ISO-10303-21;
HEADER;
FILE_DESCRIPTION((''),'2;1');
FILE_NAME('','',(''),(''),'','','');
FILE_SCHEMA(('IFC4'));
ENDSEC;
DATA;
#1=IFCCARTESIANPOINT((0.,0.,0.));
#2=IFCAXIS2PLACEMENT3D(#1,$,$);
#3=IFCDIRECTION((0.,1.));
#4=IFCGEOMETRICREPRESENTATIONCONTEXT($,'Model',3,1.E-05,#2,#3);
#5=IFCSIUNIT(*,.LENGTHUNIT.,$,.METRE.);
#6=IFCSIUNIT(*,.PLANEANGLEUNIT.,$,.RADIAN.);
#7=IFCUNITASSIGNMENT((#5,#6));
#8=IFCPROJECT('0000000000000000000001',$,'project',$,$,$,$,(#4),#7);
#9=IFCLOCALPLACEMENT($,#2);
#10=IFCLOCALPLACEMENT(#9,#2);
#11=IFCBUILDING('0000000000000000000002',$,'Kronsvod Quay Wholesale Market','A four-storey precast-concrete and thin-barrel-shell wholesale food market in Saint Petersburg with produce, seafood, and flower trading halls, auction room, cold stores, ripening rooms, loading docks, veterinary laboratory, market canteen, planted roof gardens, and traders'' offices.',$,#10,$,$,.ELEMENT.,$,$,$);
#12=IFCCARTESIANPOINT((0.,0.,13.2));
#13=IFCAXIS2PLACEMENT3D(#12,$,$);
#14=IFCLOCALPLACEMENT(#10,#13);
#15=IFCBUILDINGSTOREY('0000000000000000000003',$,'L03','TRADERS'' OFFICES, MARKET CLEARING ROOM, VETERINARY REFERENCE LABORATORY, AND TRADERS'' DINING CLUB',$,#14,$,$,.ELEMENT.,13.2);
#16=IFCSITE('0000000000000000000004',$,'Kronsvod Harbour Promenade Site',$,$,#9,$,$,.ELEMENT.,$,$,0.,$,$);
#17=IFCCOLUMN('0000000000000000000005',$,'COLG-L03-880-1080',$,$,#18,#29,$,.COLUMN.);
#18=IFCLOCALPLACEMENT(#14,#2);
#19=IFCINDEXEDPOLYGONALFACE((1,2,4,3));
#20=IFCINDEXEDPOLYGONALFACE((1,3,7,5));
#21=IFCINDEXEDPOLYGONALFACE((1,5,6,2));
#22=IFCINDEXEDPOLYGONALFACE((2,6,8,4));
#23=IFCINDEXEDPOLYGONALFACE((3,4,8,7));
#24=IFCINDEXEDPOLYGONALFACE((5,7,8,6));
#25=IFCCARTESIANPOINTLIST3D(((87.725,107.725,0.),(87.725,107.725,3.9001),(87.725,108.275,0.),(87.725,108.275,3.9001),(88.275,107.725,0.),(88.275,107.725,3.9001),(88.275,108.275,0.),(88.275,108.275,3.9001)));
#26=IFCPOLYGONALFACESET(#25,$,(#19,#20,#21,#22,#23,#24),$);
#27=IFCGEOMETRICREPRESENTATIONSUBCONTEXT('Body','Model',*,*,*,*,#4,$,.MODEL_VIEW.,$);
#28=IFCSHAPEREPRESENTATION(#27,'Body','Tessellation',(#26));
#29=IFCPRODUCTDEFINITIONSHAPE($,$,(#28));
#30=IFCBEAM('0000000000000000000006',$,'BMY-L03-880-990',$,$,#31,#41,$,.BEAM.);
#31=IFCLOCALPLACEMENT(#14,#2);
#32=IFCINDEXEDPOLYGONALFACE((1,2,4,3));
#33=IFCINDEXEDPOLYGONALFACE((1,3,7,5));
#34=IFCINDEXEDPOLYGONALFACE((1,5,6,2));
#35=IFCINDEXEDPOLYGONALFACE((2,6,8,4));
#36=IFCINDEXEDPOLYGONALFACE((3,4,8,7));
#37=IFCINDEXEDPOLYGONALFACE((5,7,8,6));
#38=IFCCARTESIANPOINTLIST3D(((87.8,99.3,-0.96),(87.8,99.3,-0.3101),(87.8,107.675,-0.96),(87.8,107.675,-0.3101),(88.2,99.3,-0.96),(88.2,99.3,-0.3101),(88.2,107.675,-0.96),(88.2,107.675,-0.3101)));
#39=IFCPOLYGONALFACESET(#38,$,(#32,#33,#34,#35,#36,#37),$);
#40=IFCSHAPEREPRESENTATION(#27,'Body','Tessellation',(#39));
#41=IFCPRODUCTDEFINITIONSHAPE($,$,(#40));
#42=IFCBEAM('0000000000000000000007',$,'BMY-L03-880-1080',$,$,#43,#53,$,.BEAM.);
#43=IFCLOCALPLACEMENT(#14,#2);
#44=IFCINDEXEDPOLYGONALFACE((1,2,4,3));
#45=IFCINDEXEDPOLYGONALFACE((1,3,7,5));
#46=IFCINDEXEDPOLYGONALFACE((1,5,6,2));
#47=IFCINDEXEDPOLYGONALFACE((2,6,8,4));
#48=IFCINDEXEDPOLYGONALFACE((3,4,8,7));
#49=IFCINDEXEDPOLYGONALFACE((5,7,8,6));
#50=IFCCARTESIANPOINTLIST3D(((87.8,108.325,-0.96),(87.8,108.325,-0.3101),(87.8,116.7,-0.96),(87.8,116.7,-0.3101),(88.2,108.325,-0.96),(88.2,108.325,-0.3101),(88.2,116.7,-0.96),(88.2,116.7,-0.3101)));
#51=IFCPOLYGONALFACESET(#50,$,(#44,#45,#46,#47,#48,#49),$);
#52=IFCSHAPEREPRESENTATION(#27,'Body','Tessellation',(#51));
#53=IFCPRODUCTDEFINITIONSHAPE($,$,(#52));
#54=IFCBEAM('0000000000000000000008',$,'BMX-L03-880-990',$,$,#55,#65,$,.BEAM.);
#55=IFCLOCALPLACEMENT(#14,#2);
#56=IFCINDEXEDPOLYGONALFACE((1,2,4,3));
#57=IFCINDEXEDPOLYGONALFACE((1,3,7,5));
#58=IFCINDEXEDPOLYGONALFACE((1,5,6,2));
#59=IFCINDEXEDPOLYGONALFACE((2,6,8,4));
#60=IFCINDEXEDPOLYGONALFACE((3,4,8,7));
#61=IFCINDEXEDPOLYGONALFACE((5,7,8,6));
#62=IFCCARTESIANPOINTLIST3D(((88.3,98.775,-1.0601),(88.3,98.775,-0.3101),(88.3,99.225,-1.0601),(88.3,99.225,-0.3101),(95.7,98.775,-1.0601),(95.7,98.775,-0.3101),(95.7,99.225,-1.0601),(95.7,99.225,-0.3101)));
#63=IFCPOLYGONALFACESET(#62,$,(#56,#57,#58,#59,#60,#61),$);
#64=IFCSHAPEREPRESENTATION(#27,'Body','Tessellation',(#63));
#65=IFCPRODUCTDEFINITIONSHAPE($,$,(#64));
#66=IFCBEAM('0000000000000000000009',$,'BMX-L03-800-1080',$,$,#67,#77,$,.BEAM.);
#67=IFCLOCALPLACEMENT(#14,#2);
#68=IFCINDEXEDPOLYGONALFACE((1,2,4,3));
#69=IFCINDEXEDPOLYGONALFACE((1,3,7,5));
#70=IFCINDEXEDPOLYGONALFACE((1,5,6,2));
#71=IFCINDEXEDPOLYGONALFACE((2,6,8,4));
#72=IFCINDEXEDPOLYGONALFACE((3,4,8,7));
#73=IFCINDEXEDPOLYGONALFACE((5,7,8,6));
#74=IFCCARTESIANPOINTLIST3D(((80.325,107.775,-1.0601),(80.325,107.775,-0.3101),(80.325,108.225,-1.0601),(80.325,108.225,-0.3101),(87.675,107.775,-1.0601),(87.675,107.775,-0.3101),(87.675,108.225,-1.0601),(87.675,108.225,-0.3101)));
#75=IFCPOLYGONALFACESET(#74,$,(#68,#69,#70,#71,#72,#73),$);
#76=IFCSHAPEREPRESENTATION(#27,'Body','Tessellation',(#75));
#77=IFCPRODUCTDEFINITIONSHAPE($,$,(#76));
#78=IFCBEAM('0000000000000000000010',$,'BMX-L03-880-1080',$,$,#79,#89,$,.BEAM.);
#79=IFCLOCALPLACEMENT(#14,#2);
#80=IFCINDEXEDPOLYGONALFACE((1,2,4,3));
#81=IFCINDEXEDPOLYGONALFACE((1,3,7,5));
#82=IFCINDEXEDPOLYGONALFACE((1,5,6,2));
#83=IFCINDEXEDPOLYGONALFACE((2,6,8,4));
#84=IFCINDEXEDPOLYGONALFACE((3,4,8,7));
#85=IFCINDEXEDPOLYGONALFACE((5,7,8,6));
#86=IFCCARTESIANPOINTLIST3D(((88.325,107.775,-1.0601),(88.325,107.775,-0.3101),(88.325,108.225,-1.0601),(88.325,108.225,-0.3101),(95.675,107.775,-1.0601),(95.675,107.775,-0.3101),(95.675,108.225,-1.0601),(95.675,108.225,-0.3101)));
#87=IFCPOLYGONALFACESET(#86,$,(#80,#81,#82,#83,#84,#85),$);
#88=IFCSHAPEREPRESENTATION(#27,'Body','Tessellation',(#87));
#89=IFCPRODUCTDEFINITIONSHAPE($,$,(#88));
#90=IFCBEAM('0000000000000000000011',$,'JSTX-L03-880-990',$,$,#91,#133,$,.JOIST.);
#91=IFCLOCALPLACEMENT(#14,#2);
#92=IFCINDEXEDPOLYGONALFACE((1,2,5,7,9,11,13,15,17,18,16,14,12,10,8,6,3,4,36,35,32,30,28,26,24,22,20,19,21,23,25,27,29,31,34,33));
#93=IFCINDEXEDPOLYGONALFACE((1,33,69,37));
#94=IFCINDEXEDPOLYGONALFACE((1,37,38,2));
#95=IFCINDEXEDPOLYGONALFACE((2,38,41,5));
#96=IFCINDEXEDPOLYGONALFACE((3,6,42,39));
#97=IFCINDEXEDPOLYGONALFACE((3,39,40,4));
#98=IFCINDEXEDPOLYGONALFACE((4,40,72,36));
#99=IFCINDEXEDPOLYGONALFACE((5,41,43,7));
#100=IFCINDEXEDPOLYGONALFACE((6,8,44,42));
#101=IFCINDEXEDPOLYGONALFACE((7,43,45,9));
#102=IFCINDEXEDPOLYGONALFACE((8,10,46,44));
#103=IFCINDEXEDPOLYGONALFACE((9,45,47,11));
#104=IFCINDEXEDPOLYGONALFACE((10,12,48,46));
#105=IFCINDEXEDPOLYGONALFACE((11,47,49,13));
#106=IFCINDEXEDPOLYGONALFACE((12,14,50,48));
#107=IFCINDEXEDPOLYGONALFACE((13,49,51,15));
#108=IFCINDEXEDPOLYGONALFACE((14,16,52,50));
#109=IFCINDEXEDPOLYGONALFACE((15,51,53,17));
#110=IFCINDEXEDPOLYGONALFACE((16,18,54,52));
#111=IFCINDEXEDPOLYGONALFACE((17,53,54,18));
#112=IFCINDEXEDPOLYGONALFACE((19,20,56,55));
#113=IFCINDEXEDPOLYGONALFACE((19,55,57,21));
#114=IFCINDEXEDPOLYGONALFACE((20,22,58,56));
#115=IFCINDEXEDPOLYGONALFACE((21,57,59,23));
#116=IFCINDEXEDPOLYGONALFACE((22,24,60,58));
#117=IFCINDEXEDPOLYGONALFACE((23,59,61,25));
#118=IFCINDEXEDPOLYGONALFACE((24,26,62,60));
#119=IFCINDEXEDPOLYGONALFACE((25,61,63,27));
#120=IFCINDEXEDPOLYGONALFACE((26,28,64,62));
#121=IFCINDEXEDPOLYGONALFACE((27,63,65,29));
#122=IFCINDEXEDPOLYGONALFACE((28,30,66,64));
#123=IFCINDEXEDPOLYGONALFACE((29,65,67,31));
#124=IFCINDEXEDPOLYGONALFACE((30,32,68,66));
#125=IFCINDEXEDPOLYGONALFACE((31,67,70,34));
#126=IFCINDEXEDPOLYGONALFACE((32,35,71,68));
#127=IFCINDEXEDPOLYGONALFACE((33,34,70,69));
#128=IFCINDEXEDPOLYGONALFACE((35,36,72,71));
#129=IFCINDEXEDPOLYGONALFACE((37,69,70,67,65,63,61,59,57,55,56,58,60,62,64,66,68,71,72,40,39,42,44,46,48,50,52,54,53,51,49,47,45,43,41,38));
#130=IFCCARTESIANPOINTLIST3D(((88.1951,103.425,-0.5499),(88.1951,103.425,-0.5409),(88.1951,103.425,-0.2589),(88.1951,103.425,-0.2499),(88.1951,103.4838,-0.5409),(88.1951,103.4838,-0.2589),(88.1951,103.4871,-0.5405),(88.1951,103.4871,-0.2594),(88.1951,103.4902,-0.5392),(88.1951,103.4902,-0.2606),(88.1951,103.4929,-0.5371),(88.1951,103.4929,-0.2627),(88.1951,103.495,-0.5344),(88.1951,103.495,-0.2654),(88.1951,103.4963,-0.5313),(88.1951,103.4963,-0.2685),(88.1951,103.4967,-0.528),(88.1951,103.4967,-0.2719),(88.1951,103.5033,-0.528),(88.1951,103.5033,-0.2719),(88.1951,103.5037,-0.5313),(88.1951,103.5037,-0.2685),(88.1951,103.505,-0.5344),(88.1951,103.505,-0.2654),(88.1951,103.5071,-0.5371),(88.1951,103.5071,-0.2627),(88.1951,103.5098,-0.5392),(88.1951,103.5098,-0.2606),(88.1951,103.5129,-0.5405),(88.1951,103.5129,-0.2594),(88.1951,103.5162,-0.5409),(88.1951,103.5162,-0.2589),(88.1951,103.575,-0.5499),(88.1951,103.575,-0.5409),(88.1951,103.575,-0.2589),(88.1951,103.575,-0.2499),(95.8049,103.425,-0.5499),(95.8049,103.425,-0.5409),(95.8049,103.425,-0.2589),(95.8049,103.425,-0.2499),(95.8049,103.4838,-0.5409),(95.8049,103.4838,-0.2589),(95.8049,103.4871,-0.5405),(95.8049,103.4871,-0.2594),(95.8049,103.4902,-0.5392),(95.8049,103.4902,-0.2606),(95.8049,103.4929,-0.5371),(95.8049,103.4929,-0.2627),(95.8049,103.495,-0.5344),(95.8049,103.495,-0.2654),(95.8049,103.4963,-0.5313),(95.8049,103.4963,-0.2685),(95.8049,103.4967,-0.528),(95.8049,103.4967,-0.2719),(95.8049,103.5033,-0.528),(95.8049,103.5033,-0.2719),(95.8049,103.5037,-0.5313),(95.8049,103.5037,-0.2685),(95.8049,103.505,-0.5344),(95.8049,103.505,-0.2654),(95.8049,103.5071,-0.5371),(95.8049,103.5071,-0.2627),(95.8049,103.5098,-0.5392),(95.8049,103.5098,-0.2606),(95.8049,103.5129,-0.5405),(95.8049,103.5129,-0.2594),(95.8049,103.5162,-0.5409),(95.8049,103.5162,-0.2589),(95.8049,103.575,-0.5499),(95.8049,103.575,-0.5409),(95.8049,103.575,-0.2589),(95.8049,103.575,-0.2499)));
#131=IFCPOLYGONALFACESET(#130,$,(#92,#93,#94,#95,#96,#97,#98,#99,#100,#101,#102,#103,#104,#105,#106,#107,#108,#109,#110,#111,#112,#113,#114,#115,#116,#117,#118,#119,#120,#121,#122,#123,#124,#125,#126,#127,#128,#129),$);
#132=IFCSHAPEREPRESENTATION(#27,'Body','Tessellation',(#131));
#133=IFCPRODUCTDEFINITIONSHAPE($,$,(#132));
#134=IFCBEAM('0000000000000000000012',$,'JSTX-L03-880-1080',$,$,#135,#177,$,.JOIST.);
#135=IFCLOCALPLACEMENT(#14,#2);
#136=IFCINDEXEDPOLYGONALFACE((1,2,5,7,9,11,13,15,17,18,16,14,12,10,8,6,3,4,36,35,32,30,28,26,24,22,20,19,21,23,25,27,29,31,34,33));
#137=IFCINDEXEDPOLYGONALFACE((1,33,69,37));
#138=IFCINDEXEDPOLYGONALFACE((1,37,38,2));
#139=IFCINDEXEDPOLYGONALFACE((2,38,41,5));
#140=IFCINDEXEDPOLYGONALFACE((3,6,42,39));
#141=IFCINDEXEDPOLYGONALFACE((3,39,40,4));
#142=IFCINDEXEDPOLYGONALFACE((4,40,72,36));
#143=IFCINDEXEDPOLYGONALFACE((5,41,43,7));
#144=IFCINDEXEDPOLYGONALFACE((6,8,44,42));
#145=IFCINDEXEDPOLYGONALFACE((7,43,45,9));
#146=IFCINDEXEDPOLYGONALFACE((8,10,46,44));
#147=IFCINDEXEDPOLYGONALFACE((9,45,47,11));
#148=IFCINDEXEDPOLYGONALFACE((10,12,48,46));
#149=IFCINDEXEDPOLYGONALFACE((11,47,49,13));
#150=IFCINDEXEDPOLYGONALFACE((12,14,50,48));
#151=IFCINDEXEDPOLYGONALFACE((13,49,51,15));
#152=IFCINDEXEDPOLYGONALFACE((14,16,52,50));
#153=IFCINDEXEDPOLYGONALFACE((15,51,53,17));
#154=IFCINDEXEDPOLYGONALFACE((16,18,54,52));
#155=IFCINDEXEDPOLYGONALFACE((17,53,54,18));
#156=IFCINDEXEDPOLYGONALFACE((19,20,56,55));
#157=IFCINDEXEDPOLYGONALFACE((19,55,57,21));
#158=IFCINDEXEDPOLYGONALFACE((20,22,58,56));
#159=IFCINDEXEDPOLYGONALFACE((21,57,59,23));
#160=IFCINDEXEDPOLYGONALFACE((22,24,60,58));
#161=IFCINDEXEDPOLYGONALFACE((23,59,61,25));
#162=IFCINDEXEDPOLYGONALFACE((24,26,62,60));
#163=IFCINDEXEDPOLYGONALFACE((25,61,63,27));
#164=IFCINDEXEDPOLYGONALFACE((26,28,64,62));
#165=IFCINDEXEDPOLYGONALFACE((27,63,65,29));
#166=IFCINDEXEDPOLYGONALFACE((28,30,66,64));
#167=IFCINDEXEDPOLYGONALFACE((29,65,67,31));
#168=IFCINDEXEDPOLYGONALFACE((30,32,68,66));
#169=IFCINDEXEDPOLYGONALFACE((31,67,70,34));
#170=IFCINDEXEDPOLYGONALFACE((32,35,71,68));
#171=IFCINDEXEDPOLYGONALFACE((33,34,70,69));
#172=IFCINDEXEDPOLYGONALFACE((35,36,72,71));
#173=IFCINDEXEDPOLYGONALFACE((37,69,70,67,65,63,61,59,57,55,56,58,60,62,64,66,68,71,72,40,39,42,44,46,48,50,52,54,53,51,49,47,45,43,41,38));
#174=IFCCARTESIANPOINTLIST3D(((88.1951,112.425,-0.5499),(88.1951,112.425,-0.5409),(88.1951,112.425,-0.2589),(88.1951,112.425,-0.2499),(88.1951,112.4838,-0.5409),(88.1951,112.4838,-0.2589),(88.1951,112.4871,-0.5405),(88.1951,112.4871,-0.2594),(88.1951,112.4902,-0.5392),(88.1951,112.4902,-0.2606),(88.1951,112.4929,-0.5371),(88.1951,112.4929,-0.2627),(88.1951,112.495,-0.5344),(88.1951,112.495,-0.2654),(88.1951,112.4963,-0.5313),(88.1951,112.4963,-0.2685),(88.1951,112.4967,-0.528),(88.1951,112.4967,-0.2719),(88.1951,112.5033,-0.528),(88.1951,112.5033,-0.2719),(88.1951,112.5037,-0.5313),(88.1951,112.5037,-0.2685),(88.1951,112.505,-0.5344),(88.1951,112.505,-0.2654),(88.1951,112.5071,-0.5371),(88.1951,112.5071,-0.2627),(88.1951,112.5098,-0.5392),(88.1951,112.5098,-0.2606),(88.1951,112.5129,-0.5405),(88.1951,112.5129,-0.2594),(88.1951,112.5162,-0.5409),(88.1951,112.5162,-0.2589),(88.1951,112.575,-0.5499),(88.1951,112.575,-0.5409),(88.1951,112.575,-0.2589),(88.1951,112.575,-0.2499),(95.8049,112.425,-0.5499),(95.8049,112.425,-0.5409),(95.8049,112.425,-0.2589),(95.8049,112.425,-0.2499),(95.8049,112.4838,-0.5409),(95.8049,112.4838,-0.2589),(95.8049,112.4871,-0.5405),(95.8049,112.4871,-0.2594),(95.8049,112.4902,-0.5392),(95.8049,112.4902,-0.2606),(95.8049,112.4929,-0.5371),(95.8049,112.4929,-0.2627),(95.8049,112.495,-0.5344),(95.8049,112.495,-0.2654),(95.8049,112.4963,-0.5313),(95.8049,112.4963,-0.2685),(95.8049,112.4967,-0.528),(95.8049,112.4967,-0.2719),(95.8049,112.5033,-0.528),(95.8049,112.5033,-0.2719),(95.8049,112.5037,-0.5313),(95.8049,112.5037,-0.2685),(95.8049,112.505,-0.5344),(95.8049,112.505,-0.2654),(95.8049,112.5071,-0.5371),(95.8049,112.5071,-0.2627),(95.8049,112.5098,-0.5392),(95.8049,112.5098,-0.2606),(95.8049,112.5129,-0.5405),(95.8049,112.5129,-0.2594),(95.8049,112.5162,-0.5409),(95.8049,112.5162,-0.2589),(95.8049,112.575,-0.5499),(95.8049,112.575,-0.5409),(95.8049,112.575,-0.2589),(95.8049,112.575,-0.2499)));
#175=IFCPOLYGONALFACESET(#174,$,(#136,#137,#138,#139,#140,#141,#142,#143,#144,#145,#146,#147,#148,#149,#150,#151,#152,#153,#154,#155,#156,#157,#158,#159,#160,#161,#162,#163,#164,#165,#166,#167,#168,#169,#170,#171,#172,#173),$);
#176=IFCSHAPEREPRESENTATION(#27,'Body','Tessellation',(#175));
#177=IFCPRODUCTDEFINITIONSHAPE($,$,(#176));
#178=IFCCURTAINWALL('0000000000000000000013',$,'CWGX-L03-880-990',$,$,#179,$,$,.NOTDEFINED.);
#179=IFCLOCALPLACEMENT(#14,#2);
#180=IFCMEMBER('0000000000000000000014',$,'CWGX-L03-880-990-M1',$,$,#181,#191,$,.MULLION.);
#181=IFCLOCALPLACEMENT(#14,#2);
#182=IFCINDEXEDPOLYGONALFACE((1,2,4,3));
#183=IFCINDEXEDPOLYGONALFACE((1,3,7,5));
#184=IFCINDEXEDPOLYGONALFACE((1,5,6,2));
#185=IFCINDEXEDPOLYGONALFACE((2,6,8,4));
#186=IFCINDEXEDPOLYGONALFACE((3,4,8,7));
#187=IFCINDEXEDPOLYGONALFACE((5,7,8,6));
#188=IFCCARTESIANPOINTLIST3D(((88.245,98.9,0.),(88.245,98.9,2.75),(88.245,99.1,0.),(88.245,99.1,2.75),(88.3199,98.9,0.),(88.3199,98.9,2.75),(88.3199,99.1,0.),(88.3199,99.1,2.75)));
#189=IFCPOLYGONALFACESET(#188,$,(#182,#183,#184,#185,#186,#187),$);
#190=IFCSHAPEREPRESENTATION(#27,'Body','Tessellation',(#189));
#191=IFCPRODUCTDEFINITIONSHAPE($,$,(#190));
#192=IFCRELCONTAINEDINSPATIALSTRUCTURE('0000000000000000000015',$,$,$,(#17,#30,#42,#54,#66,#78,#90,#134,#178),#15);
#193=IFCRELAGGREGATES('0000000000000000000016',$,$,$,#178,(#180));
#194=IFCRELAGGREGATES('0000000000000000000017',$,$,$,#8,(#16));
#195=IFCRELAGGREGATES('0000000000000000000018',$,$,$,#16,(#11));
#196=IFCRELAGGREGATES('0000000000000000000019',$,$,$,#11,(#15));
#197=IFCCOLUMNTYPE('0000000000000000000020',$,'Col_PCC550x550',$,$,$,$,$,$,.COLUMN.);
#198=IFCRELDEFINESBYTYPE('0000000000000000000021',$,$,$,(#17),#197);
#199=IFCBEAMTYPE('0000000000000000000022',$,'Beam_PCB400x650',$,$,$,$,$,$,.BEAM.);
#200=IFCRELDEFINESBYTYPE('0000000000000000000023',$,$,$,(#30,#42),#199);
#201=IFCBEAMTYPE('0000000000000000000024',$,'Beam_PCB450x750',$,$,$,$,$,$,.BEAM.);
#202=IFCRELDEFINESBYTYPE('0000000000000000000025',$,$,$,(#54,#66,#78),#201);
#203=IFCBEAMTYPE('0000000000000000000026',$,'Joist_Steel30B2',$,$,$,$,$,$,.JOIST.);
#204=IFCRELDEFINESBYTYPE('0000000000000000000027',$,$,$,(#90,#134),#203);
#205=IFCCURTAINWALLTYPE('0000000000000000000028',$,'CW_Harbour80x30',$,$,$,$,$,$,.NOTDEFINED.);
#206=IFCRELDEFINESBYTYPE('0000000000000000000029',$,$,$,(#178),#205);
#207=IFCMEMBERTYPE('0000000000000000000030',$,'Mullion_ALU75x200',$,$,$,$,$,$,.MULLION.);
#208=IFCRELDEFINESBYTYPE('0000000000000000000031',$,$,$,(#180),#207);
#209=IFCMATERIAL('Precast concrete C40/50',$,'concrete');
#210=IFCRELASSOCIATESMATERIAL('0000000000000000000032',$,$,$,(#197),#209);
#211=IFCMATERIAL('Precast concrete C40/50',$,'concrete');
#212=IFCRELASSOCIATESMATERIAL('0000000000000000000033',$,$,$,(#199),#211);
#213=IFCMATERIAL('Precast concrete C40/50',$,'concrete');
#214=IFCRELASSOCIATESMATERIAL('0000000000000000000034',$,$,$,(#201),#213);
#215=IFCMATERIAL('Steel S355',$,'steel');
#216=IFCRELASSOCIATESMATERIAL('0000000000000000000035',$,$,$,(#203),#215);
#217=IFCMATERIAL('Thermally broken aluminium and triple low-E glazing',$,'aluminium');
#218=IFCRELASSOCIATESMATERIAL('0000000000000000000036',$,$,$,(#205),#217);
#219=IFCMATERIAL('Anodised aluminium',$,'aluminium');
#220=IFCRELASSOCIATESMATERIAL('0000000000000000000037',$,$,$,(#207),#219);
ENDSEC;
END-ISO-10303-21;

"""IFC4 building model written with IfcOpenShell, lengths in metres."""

from ifc_helpers import new_model, si_unit, direction, frame, origin, origin_2d, place, context, subcontext, project, spatial, rectangle, i_section, extrude, material, material_profile, profile_set, type_object, element, aggregate, save


model = new_model("IFC4")

# Units and contexts
model_context = context("Model", 3, precision=1e-05, world=origin(), true_north=direction((0.0, 1.0)))
body_context = subcontext(model_context, "Body", "Model", "MODEL_VIEW")
ifc_project = project(units=[si_unit("LENGTHUNIT", "METRE"), si_unit("PLANEANGLEUNIT", "RADIAN")], contexts=[model_context])

# Site, building, storey
site_placement = place(None, origin())
site = spatial("IfcSite", under=ifc_project, at=site_placement, Name="Kronsvod Harbour Promenade Site", CompositionType="ELEMENT", RefElevation=0.0)
building_placement = place(site_placement, origin())
building = spatial("IfcBuilding", under=site, at=building_placement, Name="Kronsvod Quay Wholesale Market", Description="A four-storey precast-concrete and thin-barrel-shell wholesale food market in Saint Petersburg with produce, seafood, and flower trading halls, auction room, cold stores, ripening rooms, loading docks, veterinary laboratory, market canteen, planted roof gardens, and traders' offices.", CompositionType="ELEMENT")
storey_placement = place(building_placement, frame((0.0, 0.0, 13.2)))
storey = spatial("IfcBuildingStorey", under=building, at=storey_placement, Name="L03", Description="TRADERS' OFFICES, MARKET CLEARING ROOM, VETERINARY REFERENCE LABORATORY, AND TRADERS' DINING CLUB", CompositionType="ELEMENT", Elevation=13.2)

# Column
ifc_material_1 = material(Name="Precast concrete C40/50", Category="concrete")
ifc_material_profile_1 = material_profile(ifc_material_1, rectangle(XDim=0.55, YDim=0.55, at=origin_2d()), Name="COL-09")
ifc_profile_set_1 = profile_set([ifc_material_profile_1], Name="Precast concrete C40/50")
column_type = type_object("IfcColumnType", Name="Col_PCC550x550", PredefinedType="COLUMN", material=ifc_profile_set_1)
column_placement = place(storey_placement, frame((88.0, 108.0, 0.0), z_axis=(0.0, 0.0, 1.0), x_axis=(1.0, 0.0, 0.0)))
element("IfcColumn", 1, at=column_placement, inside=storey, type_object=column_type, Name="COLG-L03-880-1080", PredefinedType="COLUMN", context=body_context, shape_type="SweptSolid", body=[
    extrude(rectangle(XDim=0.55, YDim=0.55, at=origin_2d()), origin(), (0.0, 0.0, 1.0), 3.9001),
])

# Beams
ifc_material_2 = material(Name="Precast concrete C40/50", Category="concrete")
ifc_material_profile_2 = material_profile(ifc_material_2, rectangle(XDim=0.3999, YDim=0.6499, at=origin_2d()), Name="PCB400x650")
ifc_profile_set_2 = profile_set([ifc_material_profile_2], Name="Precast concrete C40/50")
beam_type_1 = type_object("IfcBeamType", Name="Beam_PCB400x650", PredefinedType="BEAM", material=ifc_profile_set_2)
for number, where, z_axis, x_axis, name in (
    (2, (88.0, 99.3, -0.635), (0.0, 1.0, 0.0), (-1.0, 0.0, 0.0), "BMY-L03-880-990"),
    (3, (88.0, 108.325, -0.635), (0.0, 1.0, 0.0), (-1.0, 0.0, 0.0), "BMY-L03-880-1080"),
):
    element("IfcBeam", number, at=place(storey_placement, frame(where, z_axis=z_axis, x_axis=x_axis)), inside=storey, type_object=beam_type_1, Name=name, PredefinedType="BEAM", context=body_context, shape_type="SweptSolid", body=[
        extrude(rectangle(XDim=0.3999, YDim=0.6499, at=origin_2d()), origin(), (0.0, 0.0, 1.0), 8.375),
    ])
ifc_material_3 = material(Name="Precast concrete C40/50", Category="concrete")
ifc_material_profile_3 = material_profile(ifc_material_3, rectangle(XDim=0.45, YDim=0.75, at=origin_2d()), Name="PCB450x750")
ifc_profile_set_3 = profile_set([ifc_material_profile_3], Name="Precast concrete C40/50")
beam_type_2 = type_object("IfcBeamType", Name="Beam_PCB450x750", PredefinedType="BEAM", material=ifc_profile_set_3)
beam_placement = place(storey_placement, frame((88.3, 99.0, -0.6851), z_axis=(1.0, 0.0, 0.0), x_axis=(0.0, 1.0, 0.0)))
element("IfcBeam", 4, at=beam_placement, inside=storey, type_object=beam_type_2, Name="BMX-L03-880-990", PredefinedType="BEAM", context=body_context, shape_type="SweptSolid", body=[
    extrude(rectangle(XDim=0.45, YDim=0.75, at=origin_2d()), origin(), (0.0, 0.0, 1.0), 7.3999),
])
for number, where, z_axis, x_axis, name in (
    (5, (80.325, 108.0, -0.6851), (1.0, 0.0, 0.0), (0.0, 1.0, 0.0), "BMX-L03-800-1080"),
    (6, (88.325, 108.0, -0.6851), (1.0, 0.0, 0.0), (0.0, 1.0, 0.0), "BMX-L03-880-1080"),
):
    element("IfcBeam", number, at=place(storey_placement, frame(where, z_axis=z_axis, x_axis=x_axis)), inside=storey, type_object=beam_type_2, Name=name, PredefinedType="BEAM", context=body_context, shape_type="SweptSolid", body=[
        extrude(rectangle(XDim=0.45, YDim=0.75, at=origin_2d()), origin(), (0.0, 0.0, 1.0), 7.3501),
    ])
ifc_material_4 = material(Name="Steel S355", Category="steel")
ifc_material_profile_4 = material_profile(ifc_material_4, i_section(OverallWidth=0.1499, OverallDepth=0.3, WebThickness=0.0066, FlangeThickness=0.009, FilletRadius=0.0129, at=origin_2d()), Name="30B2")
ifc_profile_set_4 = profile_set([ifc_material_profile_4], Name="Steel S355")
beam_type_3 = type_object("IfcBeamType", Name="Joist_Steel30B2", PredefinedType="JOIST", material=ifc_profile_set_4)
for number, where, z_axis, x_axis, name in (
    (7, (88.1951, 103.5, -0.3999), (1.0, 0.0, 0.0), (0.0, 1.0, 0.0), "JSTX-L03-880-990"),
    (8, (88.1951, 112.5, -0.3999), (1.0, 0.0, 0.0), (0.0, 1.0, 0.0), "JSTX-L03-880-1080"),
):
    element("IfcBeam", number, at=place(storey_placement, frame(where, z_axis=z_axis, x_axis=x_axis)), inside=storey, type_object=beam_type_3, Name=name, PredefinedType="JOIST", context=body_context, shape_type="SweptSolid", body=[
        extrude(i_section(OverallWidth=0.1499, OverallDepth=0.3, WebThickness=0.0066, FlangeThickness=0.009, FilletRadius=0.0129, at=origin_2d()), origin(), (0.0, 0.0, 1.0), 7.6099),
    ])

# Curtain wall, member
ifc_material_5 = material(Name="Thermally broken aluminium and triple low-E glazing", Category="aluminium")
curtain_wall_type = type_object("IfcCurtainWallType", Name="CW_Harbour80x30", PredefinedType="NOTDEFINED", material=ifc_material_5)
curtain_wall_placement = place(storey_placement, origin())
curtain_wall = element("IfcCurtainWall", 9, at=curtain_wall_placement, inside=storey, type_object=curtain_wall_type, Name="CWGX-L03-880-990", PredefinedType="NOTDEFINED")
ifc_material_6 = material(Name="Anodised aluminium", Category="aluminium")
ifc_material_profile_5 = material_profile(ifc_material_6, rectangle(XDim=0.075, YDim=0.2, at=origin_2d()), Name="ALUM75x200")
ifc_profile_set_5 = profile_set([ifc_material_profile_5], Name="Anodised aluminium")
member_type_1 = type_object("IfcMemberType", Name="Mullion_ALU75x200", PredefinedType="MULLION", material=ifc_profile_set_5)
member_1_placement = place(storey_placement, frame((88.2825, 99.0, 0.0), z_axis=(0.0, 0.0, 1.0), x_axis=(1.0, 0.0, 0.0)))
member_1 = element("IfcMember", 10, at=member_1_placement, type_object=member_type_1, Name="CWGX-L03-880-990-M1", PredefinedType="MULLION", context=body_context, shape_type="SweptSolid", body=[
    extrude(rectangle(XDim=0.075, YDim=0.2, at=origin_2d()), origin(), (0.0, 0.0, 1.0), 2.75),
])
aggregate(curtain_wall, [member_1])

save(model, "model.ifc")
